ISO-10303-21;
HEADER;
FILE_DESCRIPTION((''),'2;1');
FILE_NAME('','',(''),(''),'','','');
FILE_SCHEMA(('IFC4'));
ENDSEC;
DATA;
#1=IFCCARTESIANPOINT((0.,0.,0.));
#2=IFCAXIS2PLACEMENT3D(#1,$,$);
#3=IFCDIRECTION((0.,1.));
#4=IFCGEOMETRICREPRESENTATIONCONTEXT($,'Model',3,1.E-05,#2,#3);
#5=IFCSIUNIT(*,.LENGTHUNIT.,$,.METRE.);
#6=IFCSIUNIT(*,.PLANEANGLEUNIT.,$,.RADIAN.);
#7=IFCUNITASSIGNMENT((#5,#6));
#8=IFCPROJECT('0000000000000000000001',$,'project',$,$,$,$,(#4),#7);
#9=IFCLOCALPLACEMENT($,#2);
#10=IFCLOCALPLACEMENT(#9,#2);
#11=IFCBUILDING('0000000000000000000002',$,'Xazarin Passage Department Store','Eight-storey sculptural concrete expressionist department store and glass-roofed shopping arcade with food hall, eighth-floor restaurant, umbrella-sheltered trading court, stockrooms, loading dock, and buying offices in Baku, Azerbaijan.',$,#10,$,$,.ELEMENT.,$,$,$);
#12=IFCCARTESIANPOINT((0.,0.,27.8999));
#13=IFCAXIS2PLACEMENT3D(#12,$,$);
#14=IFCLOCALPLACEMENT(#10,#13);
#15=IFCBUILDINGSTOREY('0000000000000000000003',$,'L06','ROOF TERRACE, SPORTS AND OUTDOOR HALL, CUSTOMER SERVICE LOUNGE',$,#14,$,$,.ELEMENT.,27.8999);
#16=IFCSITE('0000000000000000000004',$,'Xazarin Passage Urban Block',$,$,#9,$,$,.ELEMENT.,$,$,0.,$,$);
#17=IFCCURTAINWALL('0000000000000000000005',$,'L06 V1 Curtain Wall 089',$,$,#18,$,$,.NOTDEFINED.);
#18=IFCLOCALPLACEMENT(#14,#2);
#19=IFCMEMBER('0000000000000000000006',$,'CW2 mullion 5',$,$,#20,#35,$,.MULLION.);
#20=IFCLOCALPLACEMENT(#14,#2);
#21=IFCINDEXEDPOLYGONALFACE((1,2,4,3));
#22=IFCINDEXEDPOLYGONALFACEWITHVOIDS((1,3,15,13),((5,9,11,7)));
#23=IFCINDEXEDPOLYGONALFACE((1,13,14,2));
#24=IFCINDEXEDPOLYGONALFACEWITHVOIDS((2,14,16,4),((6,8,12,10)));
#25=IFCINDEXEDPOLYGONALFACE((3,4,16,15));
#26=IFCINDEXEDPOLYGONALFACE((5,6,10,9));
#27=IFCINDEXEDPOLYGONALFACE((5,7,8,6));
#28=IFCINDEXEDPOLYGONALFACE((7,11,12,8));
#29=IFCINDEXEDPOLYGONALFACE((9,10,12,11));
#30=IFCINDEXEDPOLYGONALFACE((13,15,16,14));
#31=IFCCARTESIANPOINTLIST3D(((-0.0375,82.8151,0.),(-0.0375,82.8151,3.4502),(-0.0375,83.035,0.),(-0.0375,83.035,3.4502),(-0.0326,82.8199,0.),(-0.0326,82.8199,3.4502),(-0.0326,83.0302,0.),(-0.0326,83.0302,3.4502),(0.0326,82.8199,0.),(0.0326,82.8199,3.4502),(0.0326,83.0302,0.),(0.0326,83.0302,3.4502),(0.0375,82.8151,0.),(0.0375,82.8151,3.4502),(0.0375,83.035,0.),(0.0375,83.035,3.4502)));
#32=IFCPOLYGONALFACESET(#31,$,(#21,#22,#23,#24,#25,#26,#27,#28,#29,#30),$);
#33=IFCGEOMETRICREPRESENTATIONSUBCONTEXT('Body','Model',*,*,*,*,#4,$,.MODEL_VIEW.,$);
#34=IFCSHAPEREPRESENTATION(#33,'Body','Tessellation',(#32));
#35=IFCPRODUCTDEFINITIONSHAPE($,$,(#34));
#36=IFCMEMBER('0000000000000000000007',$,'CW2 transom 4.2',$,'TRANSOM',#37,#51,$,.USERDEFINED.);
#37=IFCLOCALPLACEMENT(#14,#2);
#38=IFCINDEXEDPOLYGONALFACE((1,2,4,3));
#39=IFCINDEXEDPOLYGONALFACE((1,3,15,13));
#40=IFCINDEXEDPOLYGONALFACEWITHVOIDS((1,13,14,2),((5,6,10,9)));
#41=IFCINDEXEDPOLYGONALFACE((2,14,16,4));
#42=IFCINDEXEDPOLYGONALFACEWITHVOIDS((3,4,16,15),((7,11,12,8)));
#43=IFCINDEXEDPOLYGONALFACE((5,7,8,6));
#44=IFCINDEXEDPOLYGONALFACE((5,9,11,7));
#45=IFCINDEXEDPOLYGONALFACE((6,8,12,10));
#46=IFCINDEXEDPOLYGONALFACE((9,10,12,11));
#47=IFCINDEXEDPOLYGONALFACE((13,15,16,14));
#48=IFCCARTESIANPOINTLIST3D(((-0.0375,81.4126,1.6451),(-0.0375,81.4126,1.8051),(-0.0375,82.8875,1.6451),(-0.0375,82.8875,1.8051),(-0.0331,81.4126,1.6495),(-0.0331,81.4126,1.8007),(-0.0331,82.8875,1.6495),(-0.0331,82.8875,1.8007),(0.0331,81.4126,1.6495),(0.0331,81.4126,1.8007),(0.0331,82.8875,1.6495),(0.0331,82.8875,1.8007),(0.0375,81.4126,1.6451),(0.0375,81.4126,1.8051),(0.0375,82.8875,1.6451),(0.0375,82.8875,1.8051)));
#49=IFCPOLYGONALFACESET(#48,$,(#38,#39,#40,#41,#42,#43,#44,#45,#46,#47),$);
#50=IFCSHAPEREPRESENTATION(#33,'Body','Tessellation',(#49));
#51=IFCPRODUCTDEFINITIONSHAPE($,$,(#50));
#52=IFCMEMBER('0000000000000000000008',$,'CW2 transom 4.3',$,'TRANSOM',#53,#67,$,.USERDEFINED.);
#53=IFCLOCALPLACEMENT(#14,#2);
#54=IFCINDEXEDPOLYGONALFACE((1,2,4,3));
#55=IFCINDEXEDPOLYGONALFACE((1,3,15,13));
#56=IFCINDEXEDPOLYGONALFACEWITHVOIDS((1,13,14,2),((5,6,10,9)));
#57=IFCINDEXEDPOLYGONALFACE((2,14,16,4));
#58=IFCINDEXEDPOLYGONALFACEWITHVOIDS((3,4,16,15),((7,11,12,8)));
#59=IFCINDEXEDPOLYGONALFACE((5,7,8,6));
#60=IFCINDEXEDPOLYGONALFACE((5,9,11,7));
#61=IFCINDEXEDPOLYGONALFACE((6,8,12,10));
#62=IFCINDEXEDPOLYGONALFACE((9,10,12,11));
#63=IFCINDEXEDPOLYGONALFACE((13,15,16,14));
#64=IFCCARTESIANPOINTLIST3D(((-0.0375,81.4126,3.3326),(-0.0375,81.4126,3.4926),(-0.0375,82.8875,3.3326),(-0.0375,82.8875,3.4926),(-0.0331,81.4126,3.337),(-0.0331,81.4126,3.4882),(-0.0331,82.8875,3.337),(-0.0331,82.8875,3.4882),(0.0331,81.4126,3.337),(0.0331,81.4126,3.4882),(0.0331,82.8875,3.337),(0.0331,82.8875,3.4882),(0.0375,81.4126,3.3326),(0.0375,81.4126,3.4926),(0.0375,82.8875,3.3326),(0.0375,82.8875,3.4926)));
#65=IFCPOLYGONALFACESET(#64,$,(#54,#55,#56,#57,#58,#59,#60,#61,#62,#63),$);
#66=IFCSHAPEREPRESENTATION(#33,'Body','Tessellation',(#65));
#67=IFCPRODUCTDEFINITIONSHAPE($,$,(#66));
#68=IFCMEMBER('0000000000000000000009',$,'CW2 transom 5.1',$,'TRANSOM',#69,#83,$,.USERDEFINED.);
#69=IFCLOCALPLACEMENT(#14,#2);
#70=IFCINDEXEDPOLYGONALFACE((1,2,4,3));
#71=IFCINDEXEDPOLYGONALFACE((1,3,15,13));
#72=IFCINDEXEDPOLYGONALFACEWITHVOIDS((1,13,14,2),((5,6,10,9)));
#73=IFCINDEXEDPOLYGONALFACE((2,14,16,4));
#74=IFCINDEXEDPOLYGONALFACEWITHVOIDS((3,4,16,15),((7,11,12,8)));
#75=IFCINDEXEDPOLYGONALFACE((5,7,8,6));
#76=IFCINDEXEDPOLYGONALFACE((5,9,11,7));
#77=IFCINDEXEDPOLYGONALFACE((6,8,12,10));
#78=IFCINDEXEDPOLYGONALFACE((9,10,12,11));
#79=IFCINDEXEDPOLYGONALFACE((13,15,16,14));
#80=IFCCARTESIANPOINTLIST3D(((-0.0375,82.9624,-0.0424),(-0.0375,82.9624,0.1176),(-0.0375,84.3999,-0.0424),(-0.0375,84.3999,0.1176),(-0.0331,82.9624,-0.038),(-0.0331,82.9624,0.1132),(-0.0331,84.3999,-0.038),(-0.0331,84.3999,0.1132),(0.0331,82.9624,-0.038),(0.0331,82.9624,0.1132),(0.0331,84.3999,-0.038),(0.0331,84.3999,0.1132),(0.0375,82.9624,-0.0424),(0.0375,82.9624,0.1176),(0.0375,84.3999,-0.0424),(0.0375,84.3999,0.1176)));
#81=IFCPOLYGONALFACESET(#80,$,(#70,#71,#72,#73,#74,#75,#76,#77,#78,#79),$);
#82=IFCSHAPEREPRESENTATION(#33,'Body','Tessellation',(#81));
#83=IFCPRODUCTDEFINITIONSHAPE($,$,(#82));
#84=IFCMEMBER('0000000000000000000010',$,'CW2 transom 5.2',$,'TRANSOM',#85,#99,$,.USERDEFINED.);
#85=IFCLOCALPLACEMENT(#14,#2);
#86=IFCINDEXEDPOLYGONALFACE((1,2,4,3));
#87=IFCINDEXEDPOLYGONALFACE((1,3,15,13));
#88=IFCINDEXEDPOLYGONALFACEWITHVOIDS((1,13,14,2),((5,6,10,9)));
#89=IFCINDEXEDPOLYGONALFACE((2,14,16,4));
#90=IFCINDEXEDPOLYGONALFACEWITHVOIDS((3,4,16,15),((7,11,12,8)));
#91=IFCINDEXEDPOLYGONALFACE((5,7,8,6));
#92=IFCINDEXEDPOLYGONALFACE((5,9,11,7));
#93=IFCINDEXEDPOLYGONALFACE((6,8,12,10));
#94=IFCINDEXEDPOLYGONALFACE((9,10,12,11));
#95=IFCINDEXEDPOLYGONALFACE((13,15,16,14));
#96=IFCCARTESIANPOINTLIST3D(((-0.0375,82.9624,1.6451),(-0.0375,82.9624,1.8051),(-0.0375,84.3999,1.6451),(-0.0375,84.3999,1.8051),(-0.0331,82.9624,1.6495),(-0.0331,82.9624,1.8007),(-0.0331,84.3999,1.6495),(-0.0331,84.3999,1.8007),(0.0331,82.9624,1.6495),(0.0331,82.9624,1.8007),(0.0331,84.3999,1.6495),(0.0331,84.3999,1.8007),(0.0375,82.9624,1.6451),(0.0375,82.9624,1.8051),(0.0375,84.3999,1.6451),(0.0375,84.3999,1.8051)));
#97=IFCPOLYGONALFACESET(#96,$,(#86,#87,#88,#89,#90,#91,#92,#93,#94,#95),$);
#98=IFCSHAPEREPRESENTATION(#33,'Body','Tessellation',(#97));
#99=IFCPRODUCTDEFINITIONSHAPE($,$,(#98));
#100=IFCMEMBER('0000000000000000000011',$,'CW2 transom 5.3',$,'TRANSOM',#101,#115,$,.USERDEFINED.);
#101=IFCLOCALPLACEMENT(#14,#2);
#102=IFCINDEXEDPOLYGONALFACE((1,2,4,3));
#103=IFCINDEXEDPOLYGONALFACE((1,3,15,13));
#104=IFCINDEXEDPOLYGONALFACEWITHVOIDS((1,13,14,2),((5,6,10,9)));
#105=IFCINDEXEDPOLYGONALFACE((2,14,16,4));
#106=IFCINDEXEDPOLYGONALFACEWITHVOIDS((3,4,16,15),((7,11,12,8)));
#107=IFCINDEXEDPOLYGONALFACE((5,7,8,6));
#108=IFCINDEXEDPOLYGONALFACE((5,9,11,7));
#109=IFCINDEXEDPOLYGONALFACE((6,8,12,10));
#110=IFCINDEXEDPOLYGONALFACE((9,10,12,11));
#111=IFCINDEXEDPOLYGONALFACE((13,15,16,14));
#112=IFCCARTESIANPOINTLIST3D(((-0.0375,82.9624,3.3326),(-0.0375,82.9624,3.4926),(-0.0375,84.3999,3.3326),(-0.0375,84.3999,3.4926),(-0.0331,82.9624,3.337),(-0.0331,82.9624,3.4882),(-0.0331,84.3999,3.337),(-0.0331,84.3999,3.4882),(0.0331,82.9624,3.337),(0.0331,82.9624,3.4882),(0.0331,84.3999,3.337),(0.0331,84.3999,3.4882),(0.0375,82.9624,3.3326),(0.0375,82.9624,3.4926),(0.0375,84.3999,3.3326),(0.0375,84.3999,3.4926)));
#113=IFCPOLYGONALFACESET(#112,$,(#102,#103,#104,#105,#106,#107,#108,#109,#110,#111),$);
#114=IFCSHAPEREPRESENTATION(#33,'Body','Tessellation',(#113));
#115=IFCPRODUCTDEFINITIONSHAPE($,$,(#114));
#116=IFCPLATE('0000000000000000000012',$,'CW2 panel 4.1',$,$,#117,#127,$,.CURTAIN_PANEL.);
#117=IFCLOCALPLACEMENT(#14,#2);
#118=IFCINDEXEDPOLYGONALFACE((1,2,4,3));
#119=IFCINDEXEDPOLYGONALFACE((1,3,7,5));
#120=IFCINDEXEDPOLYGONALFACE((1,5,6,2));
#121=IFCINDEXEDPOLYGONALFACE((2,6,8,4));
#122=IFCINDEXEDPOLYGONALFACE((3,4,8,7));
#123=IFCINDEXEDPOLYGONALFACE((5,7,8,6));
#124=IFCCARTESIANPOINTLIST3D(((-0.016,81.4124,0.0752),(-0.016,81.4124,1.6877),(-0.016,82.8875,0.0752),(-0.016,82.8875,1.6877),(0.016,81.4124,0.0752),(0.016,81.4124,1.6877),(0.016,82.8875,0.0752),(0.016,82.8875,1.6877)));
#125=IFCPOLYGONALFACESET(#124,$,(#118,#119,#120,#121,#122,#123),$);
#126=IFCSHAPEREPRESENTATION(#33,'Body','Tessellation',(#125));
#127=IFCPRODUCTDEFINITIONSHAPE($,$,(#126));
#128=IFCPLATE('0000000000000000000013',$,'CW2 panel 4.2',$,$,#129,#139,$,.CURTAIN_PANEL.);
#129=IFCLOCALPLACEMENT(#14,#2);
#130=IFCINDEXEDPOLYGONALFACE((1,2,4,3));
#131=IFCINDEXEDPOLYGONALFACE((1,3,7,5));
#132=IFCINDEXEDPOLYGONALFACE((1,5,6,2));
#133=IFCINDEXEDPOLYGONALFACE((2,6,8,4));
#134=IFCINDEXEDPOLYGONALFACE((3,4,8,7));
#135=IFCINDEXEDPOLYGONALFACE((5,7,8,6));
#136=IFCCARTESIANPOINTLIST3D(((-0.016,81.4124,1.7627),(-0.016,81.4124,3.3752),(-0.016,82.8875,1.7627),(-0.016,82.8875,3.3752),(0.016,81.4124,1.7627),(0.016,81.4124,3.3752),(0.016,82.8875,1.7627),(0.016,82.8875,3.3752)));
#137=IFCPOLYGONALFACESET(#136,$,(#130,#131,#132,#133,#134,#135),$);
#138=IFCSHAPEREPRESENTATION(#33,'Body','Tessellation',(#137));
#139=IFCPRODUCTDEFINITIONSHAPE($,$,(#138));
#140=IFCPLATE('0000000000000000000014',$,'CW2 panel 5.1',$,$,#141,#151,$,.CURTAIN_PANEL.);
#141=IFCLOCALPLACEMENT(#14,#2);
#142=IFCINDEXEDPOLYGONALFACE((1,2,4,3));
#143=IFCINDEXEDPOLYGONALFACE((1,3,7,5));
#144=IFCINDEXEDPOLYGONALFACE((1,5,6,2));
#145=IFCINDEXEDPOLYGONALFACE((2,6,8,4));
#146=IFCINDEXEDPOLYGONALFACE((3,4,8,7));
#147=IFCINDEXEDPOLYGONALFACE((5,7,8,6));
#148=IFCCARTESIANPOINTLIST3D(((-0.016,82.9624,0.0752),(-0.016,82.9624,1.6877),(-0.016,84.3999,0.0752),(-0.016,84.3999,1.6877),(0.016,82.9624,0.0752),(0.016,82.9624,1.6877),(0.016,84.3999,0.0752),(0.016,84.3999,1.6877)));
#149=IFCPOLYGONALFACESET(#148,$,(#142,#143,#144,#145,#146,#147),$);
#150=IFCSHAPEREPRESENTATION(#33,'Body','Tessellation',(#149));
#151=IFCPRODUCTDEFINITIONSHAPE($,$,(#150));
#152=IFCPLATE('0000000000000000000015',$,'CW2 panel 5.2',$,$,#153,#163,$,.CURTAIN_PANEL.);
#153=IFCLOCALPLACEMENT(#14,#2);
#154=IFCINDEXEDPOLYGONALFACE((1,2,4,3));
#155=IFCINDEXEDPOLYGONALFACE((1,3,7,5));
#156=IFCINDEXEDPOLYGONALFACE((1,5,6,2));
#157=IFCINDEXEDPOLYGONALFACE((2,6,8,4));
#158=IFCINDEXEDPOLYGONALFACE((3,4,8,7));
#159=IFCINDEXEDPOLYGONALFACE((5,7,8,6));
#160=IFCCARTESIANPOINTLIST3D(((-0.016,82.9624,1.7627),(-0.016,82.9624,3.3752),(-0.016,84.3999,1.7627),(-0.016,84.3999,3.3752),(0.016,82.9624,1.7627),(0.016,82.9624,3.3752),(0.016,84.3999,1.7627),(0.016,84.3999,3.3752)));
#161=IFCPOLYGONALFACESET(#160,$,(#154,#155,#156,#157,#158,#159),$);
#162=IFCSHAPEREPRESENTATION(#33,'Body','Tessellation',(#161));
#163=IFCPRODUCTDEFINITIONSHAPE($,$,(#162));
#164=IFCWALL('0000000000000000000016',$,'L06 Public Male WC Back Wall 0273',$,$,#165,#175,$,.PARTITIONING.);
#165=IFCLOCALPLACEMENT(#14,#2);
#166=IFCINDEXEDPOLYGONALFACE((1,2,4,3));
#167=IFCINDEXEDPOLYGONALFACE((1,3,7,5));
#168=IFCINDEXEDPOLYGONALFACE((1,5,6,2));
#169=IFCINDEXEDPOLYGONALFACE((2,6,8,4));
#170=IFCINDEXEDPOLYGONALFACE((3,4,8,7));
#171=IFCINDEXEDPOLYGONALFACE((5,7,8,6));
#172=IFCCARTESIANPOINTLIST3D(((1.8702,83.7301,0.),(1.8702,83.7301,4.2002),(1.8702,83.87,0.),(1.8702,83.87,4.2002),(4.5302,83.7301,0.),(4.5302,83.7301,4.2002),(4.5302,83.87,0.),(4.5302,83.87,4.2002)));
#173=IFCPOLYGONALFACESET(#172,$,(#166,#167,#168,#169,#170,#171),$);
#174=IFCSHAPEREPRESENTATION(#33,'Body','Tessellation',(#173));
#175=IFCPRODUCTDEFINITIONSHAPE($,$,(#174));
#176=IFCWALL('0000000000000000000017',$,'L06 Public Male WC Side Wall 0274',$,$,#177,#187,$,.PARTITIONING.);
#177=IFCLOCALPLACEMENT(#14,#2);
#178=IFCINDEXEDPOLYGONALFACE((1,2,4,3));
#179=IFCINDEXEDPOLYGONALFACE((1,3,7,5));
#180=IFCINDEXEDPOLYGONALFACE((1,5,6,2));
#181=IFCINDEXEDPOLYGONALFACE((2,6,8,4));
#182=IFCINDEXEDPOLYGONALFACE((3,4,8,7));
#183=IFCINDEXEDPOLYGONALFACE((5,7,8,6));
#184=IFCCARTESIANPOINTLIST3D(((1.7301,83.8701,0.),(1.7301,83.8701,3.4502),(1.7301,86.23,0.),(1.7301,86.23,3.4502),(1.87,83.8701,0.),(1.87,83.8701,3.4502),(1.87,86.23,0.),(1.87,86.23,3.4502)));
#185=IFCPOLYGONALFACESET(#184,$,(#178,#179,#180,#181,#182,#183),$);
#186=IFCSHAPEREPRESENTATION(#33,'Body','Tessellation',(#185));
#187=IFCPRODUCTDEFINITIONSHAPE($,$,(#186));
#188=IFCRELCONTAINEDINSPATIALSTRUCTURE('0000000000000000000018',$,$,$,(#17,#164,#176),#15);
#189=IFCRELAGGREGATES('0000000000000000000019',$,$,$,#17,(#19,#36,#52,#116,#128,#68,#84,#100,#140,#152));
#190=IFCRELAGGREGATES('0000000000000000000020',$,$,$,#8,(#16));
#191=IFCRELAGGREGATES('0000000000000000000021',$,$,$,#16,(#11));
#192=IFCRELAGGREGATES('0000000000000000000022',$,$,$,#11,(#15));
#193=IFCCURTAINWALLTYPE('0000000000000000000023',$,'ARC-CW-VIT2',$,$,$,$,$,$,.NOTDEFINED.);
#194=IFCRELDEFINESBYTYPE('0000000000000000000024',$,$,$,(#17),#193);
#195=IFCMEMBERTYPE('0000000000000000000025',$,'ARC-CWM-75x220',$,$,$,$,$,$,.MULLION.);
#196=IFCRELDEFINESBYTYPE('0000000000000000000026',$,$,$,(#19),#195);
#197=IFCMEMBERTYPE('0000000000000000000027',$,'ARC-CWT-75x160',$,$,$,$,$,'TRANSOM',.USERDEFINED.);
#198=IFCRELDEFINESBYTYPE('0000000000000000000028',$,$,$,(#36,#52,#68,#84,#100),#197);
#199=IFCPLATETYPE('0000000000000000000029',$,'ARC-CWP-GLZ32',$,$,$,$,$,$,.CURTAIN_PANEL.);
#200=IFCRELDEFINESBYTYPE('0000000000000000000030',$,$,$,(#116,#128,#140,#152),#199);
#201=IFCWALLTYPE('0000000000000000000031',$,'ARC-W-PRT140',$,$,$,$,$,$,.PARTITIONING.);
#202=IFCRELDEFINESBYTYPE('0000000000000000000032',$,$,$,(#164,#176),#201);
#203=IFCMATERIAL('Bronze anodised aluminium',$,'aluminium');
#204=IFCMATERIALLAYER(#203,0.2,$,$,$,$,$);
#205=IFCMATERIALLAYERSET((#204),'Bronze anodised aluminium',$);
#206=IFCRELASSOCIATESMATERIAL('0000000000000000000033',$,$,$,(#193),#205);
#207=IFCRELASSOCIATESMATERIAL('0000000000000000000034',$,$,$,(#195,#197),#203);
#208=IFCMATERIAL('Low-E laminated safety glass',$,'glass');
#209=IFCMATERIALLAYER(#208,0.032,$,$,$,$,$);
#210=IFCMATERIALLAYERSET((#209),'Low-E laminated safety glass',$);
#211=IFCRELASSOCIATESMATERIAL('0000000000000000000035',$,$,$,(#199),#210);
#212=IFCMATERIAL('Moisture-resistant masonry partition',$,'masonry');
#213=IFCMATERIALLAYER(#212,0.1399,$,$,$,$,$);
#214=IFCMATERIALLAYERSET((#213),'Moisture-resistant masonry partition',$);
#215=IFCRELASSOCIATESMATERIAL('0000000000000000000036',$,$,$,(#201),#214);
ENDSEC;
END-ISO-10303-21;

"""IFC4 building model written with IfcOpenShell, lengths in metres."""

from ifc_helpers import new_model, si_unit, direction, frame, frame_2d, origin, origin_2d, place, context, subcontext, project, spatial, rectangle, hollow_rectangle, extrude, material, layer, layer_set, material_profile, profile_set, type_object, element, aggregate, save


model = new_model("IFC4")

# Units and contexts
model_context = context("Model", 3, precision=1e-05, world=origin(), true_north=direction((0.0, 1.0)))
body_context = subcontext(model_context, "Body", "Model", "MODEL_VIEW")
ifc_project = project(units=[si_unit("LENGTHUNIT", "METRE"), si_unit("PLANEANGLEUNIT", "RADIAN")], contexts=[model_context])

# Site, building, storey
site_placement = place(None, origin())
site = spatial("IfcSite", under=ifc_project, at=site_placement, Name="Xazarin Passage Urban Block", CompositionType="ELEMENT", RefElevation=0.0)
building_placement = place(site_placement, origin())
building = spatial("IfcBuilding", under=site, at=building_placement, Name="Xazarin Passage Department Store", Description="Eight-storey sculptural concrete expressionist department store and glass-roofed shopping arcade with food hall, eighth-floor restaurant, umbrella-sheltered trading court, stockrooms, loading dock, and buying offices in Baku, Azerbaijan.", CompositionType="ELEMENT")
storey_placement = place(building_placement, frame((0.0, 0.0, 27.8999)))
storey = spatial("IfcBuildingStorey", under=building, at=storey_placement, Name="L06", Description="ROOF TERRACE, SPORTS AND OUTDOOR HALL, CUSTOMER SERVICE LOUNGE", CompositionType="ELEMENT", Elevation=27.8999)

# Curtain wall, members, plates
ifc_material_1 = material(Name="Bronze anodised aluminium", Category="aluminium")
ifc_layer_1 = layer(ifc_material_1, 0.2)
ifc_layer_set_1 = layer_set([ifc_layer_1], Name="Bronze anodised aluminium")
curtain_wall_type = type_object("IfcCurtainWallType", Name="ARC-CW-VIT2", PredefinedType="NOTDEFINED", material=ifc_layer_set_1)
curtain_wall_placement = place(storey_placement, origin())
curtain_wall = element("IfcCurtainWall", 1, at=curtain_wall_placement, inside=storey, type_object=curtain_wall_type, Name="L06 V1 Curtain Wall 089", PredefinedType="NOTDEFINED")
ifc_material_profile_1 = material_profile(ifc_material_1, hollow_rectangle(XDim=0.075, YDim=0.22, WallThickness=0.0049, at=origin_2d()), Name="ALU 75x220")
ifc_profile_set_1 = profile_set([ifc_material_profile_1], Name="Bronze anodised aluminium")
member_type_1 = type_object("IfcMemberType", Name="ARC-CWM-75x220", PredefinedType="MULLION", material=ifc_profile_set_1)
member_1_placement = place(storey_placement, frame((0.0, 82.925, 0.0), z_axis=(0.0, 0.0, 1.0), x_axis=(-1.0, 0.0, 0.0)))
member_1 = element("IfcMember", 2, at=member_1_placement, type_object=member_type_1, Name="CW2 mullion 5", PredefinedType="MULLION", context=body_context, shape_type="SweptSolid", body=[
    extrude(hollow_rectangle(XDim=0.075, YDim=0.22, WallThickness=0.0049, at=origin_2d()), origin(), (0.0, 0.0, 1.0), 3.4502),
])
ifc_material_profile_2 = material_profile(ifc_material_1, hollow_rectangle(XDim=0.075, YDim=0.1599, WallThickness=0.0044, at=origin_2d()), Name="ALU 75x160")
ifc_profile_set_2 = profile_set([ifc_material_profile_2], Name="Bronze anodised aluminium")
member_type_2 = type_object("IfcMemberType", Name="ARC-CWT-75x160", ElementType="TRANSOM", PredefinedType="USERDEFINED", material=ifc_profile_set_2)
member_2_placement = place(storey_placement, frame((0.0, 81.4126, 1.7251), z_axis=(0.0, 1.0, 0.0), x_axis=(-1.0, 0.0, 0.0)))
member_2 = element("IfcMember", 3, at=member_2_placement, type_object=member_type_2, Name="CW2 transom 4.2", ObjectType="TRANSOM", PredefinedType="USERDEFINED", context=body_context, shape_type="SweptSolid", body=[
    extrude(hollow_rectangle(XDim=0.075, YDim=0.1599, WallThickness=0.0044, at=origin_2d()), origin(), (0.0, 0.0, 1.0), 1.4749),
])
member_3_placement = place(storey_placement, frame((0.0, 81.4126, 3.4126), z_axis=(0.0, 1.0, 0.0), x_axis=(-1.0, 0.0, 0.0)))
member_3 = element("IfcMember", 4, at=member_3_placement, type_object=member_type_2, Name="CW2 transom 4.3", ObjectType="TRANSOM", PredefinedType="USERDEFINED", context=body_context, shape_type="SweptSolid", body=[
    extrude(hollow_rectangle(XDim=0.075, YDim=0.1599, WallThickness=0.0044, at=origin_2d()), origin(), (0.0, 0.0, 1.0), 1.4749),
])
member_4_placement = place(storey_placement, frame((0.0, 82.9624, 0.0376), z_axis=(0.0, 1.0, 0.0), x_axis=(-1.0, 0.0, 0.0)))
member_4 = element("IfcMember", 5, at=member_4_placement, type_object=member_type_2, Name="CW2 transom 5.1", ObjectType="TRANSOM", PredefinedType="USERDEFINED", context=body_context, shape_type="SweptSolid", body=[
    extrude(hollow_rectangle(XDim=0.075, YDim=0.1599, WallThickness=0.0044, at=origin_2d()), origin(), (0.0, 0.0, 1.0), 1.4375),
])
member_5_placement = place(storey_placement, frame((0.0, 82.9624, 1.7251), z_axis=(0.0, 1.0, 0.0), x_axis=(-1.0, 0.0, 0.0)))
member_5 = element("IfcMember", 6, at=member_5_placement, type_object=member_type_2, Name="CW2 transom 5.2", ObjectType="TRANSOM", PredefinedType="USERDEFINED", context=body_context, shape_type="SweptSolid", body=[
    extrude(hollow_rectangle(XDim=0.075, YDim=0.1599, WallThickness=0.0044, at=origin_2d()), origin(), (0.0, 0.0, 1.0), 1.4375),
])
member_6_placement = place(storey_placement, frame((0.0, 82.9624, 3.4126), z_axis=(0.0, 1.0, 0.0), x_axis=(-1.0, 0.0, 0.0)))
member_6 = element("IfcMember", 7, at=member_6_placement, type_object=member_type_2, Name="CW2 transom 5.3", ObjectType="TRANSOM", PredefinedType="USERDEFINED", context=body_context, shape_type="SweptSolid", body=[
    extrude(hollow_rectangle(XDim=0.075, YDim=0.1599, WallThickness=0.0044, at=origin_2d()), origin(), (0.0, 0.0, 1.0), 1.4375),
])
ifc_material_2 = material(Name="Low-E laminated safety glass", Category="glass")
ifc_layer_2 = layer(ifc_material_2, 0.032)
ifc_layer_set_2 = layer_set([ifc_layer_2], Name="Low-E laminated safety glass")
plate_type = type_object("IfcPlateType", Name="ARC-CWP-GLZ32", PredefinedType="CURTAIN_PANEL", material=ifc_layer_set_2)
plate_1_placement = place(storey_placement, frame((0.0, 82.1499, 0.0752), z_axis=(0.0, 0.0, 1.0), x_axis=(0.0, 1.0, 0.0)))
plate_1 = element("IfcPlate", 8, at=plate_1_placement, type_object=plate_type, Name="CW2 panel 4.1", PredefinedType="CURTAIN_PANEL", context=body_context, shape_type="SweptSolid", body=[
    extrude(rectangle(XDim=1.4751, YDim=0.032, at=origin_2d()), origin(), (0.0, 0.0, 1.0), 1.6125),
])
plate_2_placement = place(storey_placement, frame((0.0, 82.1499, 1.7627), z_axis=(0.0, 0.0, 1.0), x_axis=(0.0, 1.0, 0.0)))
plate_2 = element("IfcPlate", 9, at=plate_2_placement, type_object=plate_type, Name="CW2 panel 4.2", PredefinedType="CURTAIN_PANEL", context=body_context, shape_type="SweptSolid", body=[
    extrude(rectangle(XDim=1.4751, YDim=0.032, at=origin_2d()), origin(), (0.0, 0.0, 1.0), 1.6125),
])
plate_3_placement = place(storey_placement, frame((0.0, 83.6812, 0.0752), z_axis=(0.0, 0.0, 1.0), x_axis=(0.0, 1.0, 0.0)))
plate_3 = element("IfcPlate", 10, at=plate_3_placement, type_object=plate_type, Name="CW2 panel 5.1", PredefinedType="CURTAIN_PANEL", context=body_context, shape_type="SweptSolid", body=[
    extrude(rectangle(XDim=1.4375, YDim=0.032, at=origin_2d()), origin(), (0.0, 0.0, 1.0), 1.6125),
])
plate_4_placement = place(storey_placement, frame((0.0, 83.6812, 1.7627), z_axis=(0.0, 0.0, 1.0), x_axis=(0.0, 1.0, 0.0)))
plate_4 = element("IfcPlate", 11, at=plate_4_placement, type_object=plate_type, Name="CW2 panel 5.2", PredefinedType="CURTAIN_PANEL", context=body_context, shape_type="SweptSolid", body=[
    extrude(rectangle(XDim=1.4375, YDim=0.032, at=origin_2d()), origin(), (0.0, 0.0, 1.0), 1.6125),
])
aggregate(curtain_wall, [member_1, member_2, member_3, plate_1, plate_2, member_4, member_5, member_6, plate_3, plate_4])

# Walls
ifc_material_3 = material(Name="Moisture-resistant masonry partition", Category="masonry")
ifc_layer_3 = layer(ifc_material_3, 0.1399)
ifc_layer_set_3 = layer_set([ifc_layer_3], Name="Moisture-resistant masonry partition")
wall_type_1 = type_object("IfcWallType", Name="ARC-W-PRT140", PredefinedType="PARTITIONING", material=ifc_layer_set_3)
wall_1_placement = place(storey_placement, frame((1.8701, 83.8, 0.0), z_axis=(0.0, 0.0, 1.0), x_axis=(1.0, 0.0, 0.0)))
element("IfcWall", 12, at=wall_1_placement, inside=storey, type_object=wall_type_1, Name="L06 Public Male WC Back Wall 0273", PredefinedType="PARTITIONING", context=body_context, shape_type="SweptSolid", body=[
    extrude(rectangle(XDim=2.6599, YDim=0.1399, at=frame_2d((1.3301, 0.0))), origin(), (0.0, 0.0, 1.0), 4.2002),
])
for number, where, z_axis, x_axis, name in (
    (13, (1.8, 83.8701, 0.0), (0.0, 0.0, 1.0), (0.0, 1.0, 0.0), "L06 Public Male WC Side Wall 0274"),
):
    element("IfcWall", number, at=place(storey_placement, frame(where, z_axis=z_axis, x_axis=x_axis)), inside=storey, type_object=wall_type_1, Name=name, PredefinedType="PARTITIONING", context=body_context, shape_type="SweptSolid", body=[
        extrude(rectangle(XDim=2.3599, YDim=0.1399, at=frame_2d((1.1799, 0.0))), origin(), (0.0, 0.0, 1.0), 3.4502),
    ])

save(model, "model.ifc")
